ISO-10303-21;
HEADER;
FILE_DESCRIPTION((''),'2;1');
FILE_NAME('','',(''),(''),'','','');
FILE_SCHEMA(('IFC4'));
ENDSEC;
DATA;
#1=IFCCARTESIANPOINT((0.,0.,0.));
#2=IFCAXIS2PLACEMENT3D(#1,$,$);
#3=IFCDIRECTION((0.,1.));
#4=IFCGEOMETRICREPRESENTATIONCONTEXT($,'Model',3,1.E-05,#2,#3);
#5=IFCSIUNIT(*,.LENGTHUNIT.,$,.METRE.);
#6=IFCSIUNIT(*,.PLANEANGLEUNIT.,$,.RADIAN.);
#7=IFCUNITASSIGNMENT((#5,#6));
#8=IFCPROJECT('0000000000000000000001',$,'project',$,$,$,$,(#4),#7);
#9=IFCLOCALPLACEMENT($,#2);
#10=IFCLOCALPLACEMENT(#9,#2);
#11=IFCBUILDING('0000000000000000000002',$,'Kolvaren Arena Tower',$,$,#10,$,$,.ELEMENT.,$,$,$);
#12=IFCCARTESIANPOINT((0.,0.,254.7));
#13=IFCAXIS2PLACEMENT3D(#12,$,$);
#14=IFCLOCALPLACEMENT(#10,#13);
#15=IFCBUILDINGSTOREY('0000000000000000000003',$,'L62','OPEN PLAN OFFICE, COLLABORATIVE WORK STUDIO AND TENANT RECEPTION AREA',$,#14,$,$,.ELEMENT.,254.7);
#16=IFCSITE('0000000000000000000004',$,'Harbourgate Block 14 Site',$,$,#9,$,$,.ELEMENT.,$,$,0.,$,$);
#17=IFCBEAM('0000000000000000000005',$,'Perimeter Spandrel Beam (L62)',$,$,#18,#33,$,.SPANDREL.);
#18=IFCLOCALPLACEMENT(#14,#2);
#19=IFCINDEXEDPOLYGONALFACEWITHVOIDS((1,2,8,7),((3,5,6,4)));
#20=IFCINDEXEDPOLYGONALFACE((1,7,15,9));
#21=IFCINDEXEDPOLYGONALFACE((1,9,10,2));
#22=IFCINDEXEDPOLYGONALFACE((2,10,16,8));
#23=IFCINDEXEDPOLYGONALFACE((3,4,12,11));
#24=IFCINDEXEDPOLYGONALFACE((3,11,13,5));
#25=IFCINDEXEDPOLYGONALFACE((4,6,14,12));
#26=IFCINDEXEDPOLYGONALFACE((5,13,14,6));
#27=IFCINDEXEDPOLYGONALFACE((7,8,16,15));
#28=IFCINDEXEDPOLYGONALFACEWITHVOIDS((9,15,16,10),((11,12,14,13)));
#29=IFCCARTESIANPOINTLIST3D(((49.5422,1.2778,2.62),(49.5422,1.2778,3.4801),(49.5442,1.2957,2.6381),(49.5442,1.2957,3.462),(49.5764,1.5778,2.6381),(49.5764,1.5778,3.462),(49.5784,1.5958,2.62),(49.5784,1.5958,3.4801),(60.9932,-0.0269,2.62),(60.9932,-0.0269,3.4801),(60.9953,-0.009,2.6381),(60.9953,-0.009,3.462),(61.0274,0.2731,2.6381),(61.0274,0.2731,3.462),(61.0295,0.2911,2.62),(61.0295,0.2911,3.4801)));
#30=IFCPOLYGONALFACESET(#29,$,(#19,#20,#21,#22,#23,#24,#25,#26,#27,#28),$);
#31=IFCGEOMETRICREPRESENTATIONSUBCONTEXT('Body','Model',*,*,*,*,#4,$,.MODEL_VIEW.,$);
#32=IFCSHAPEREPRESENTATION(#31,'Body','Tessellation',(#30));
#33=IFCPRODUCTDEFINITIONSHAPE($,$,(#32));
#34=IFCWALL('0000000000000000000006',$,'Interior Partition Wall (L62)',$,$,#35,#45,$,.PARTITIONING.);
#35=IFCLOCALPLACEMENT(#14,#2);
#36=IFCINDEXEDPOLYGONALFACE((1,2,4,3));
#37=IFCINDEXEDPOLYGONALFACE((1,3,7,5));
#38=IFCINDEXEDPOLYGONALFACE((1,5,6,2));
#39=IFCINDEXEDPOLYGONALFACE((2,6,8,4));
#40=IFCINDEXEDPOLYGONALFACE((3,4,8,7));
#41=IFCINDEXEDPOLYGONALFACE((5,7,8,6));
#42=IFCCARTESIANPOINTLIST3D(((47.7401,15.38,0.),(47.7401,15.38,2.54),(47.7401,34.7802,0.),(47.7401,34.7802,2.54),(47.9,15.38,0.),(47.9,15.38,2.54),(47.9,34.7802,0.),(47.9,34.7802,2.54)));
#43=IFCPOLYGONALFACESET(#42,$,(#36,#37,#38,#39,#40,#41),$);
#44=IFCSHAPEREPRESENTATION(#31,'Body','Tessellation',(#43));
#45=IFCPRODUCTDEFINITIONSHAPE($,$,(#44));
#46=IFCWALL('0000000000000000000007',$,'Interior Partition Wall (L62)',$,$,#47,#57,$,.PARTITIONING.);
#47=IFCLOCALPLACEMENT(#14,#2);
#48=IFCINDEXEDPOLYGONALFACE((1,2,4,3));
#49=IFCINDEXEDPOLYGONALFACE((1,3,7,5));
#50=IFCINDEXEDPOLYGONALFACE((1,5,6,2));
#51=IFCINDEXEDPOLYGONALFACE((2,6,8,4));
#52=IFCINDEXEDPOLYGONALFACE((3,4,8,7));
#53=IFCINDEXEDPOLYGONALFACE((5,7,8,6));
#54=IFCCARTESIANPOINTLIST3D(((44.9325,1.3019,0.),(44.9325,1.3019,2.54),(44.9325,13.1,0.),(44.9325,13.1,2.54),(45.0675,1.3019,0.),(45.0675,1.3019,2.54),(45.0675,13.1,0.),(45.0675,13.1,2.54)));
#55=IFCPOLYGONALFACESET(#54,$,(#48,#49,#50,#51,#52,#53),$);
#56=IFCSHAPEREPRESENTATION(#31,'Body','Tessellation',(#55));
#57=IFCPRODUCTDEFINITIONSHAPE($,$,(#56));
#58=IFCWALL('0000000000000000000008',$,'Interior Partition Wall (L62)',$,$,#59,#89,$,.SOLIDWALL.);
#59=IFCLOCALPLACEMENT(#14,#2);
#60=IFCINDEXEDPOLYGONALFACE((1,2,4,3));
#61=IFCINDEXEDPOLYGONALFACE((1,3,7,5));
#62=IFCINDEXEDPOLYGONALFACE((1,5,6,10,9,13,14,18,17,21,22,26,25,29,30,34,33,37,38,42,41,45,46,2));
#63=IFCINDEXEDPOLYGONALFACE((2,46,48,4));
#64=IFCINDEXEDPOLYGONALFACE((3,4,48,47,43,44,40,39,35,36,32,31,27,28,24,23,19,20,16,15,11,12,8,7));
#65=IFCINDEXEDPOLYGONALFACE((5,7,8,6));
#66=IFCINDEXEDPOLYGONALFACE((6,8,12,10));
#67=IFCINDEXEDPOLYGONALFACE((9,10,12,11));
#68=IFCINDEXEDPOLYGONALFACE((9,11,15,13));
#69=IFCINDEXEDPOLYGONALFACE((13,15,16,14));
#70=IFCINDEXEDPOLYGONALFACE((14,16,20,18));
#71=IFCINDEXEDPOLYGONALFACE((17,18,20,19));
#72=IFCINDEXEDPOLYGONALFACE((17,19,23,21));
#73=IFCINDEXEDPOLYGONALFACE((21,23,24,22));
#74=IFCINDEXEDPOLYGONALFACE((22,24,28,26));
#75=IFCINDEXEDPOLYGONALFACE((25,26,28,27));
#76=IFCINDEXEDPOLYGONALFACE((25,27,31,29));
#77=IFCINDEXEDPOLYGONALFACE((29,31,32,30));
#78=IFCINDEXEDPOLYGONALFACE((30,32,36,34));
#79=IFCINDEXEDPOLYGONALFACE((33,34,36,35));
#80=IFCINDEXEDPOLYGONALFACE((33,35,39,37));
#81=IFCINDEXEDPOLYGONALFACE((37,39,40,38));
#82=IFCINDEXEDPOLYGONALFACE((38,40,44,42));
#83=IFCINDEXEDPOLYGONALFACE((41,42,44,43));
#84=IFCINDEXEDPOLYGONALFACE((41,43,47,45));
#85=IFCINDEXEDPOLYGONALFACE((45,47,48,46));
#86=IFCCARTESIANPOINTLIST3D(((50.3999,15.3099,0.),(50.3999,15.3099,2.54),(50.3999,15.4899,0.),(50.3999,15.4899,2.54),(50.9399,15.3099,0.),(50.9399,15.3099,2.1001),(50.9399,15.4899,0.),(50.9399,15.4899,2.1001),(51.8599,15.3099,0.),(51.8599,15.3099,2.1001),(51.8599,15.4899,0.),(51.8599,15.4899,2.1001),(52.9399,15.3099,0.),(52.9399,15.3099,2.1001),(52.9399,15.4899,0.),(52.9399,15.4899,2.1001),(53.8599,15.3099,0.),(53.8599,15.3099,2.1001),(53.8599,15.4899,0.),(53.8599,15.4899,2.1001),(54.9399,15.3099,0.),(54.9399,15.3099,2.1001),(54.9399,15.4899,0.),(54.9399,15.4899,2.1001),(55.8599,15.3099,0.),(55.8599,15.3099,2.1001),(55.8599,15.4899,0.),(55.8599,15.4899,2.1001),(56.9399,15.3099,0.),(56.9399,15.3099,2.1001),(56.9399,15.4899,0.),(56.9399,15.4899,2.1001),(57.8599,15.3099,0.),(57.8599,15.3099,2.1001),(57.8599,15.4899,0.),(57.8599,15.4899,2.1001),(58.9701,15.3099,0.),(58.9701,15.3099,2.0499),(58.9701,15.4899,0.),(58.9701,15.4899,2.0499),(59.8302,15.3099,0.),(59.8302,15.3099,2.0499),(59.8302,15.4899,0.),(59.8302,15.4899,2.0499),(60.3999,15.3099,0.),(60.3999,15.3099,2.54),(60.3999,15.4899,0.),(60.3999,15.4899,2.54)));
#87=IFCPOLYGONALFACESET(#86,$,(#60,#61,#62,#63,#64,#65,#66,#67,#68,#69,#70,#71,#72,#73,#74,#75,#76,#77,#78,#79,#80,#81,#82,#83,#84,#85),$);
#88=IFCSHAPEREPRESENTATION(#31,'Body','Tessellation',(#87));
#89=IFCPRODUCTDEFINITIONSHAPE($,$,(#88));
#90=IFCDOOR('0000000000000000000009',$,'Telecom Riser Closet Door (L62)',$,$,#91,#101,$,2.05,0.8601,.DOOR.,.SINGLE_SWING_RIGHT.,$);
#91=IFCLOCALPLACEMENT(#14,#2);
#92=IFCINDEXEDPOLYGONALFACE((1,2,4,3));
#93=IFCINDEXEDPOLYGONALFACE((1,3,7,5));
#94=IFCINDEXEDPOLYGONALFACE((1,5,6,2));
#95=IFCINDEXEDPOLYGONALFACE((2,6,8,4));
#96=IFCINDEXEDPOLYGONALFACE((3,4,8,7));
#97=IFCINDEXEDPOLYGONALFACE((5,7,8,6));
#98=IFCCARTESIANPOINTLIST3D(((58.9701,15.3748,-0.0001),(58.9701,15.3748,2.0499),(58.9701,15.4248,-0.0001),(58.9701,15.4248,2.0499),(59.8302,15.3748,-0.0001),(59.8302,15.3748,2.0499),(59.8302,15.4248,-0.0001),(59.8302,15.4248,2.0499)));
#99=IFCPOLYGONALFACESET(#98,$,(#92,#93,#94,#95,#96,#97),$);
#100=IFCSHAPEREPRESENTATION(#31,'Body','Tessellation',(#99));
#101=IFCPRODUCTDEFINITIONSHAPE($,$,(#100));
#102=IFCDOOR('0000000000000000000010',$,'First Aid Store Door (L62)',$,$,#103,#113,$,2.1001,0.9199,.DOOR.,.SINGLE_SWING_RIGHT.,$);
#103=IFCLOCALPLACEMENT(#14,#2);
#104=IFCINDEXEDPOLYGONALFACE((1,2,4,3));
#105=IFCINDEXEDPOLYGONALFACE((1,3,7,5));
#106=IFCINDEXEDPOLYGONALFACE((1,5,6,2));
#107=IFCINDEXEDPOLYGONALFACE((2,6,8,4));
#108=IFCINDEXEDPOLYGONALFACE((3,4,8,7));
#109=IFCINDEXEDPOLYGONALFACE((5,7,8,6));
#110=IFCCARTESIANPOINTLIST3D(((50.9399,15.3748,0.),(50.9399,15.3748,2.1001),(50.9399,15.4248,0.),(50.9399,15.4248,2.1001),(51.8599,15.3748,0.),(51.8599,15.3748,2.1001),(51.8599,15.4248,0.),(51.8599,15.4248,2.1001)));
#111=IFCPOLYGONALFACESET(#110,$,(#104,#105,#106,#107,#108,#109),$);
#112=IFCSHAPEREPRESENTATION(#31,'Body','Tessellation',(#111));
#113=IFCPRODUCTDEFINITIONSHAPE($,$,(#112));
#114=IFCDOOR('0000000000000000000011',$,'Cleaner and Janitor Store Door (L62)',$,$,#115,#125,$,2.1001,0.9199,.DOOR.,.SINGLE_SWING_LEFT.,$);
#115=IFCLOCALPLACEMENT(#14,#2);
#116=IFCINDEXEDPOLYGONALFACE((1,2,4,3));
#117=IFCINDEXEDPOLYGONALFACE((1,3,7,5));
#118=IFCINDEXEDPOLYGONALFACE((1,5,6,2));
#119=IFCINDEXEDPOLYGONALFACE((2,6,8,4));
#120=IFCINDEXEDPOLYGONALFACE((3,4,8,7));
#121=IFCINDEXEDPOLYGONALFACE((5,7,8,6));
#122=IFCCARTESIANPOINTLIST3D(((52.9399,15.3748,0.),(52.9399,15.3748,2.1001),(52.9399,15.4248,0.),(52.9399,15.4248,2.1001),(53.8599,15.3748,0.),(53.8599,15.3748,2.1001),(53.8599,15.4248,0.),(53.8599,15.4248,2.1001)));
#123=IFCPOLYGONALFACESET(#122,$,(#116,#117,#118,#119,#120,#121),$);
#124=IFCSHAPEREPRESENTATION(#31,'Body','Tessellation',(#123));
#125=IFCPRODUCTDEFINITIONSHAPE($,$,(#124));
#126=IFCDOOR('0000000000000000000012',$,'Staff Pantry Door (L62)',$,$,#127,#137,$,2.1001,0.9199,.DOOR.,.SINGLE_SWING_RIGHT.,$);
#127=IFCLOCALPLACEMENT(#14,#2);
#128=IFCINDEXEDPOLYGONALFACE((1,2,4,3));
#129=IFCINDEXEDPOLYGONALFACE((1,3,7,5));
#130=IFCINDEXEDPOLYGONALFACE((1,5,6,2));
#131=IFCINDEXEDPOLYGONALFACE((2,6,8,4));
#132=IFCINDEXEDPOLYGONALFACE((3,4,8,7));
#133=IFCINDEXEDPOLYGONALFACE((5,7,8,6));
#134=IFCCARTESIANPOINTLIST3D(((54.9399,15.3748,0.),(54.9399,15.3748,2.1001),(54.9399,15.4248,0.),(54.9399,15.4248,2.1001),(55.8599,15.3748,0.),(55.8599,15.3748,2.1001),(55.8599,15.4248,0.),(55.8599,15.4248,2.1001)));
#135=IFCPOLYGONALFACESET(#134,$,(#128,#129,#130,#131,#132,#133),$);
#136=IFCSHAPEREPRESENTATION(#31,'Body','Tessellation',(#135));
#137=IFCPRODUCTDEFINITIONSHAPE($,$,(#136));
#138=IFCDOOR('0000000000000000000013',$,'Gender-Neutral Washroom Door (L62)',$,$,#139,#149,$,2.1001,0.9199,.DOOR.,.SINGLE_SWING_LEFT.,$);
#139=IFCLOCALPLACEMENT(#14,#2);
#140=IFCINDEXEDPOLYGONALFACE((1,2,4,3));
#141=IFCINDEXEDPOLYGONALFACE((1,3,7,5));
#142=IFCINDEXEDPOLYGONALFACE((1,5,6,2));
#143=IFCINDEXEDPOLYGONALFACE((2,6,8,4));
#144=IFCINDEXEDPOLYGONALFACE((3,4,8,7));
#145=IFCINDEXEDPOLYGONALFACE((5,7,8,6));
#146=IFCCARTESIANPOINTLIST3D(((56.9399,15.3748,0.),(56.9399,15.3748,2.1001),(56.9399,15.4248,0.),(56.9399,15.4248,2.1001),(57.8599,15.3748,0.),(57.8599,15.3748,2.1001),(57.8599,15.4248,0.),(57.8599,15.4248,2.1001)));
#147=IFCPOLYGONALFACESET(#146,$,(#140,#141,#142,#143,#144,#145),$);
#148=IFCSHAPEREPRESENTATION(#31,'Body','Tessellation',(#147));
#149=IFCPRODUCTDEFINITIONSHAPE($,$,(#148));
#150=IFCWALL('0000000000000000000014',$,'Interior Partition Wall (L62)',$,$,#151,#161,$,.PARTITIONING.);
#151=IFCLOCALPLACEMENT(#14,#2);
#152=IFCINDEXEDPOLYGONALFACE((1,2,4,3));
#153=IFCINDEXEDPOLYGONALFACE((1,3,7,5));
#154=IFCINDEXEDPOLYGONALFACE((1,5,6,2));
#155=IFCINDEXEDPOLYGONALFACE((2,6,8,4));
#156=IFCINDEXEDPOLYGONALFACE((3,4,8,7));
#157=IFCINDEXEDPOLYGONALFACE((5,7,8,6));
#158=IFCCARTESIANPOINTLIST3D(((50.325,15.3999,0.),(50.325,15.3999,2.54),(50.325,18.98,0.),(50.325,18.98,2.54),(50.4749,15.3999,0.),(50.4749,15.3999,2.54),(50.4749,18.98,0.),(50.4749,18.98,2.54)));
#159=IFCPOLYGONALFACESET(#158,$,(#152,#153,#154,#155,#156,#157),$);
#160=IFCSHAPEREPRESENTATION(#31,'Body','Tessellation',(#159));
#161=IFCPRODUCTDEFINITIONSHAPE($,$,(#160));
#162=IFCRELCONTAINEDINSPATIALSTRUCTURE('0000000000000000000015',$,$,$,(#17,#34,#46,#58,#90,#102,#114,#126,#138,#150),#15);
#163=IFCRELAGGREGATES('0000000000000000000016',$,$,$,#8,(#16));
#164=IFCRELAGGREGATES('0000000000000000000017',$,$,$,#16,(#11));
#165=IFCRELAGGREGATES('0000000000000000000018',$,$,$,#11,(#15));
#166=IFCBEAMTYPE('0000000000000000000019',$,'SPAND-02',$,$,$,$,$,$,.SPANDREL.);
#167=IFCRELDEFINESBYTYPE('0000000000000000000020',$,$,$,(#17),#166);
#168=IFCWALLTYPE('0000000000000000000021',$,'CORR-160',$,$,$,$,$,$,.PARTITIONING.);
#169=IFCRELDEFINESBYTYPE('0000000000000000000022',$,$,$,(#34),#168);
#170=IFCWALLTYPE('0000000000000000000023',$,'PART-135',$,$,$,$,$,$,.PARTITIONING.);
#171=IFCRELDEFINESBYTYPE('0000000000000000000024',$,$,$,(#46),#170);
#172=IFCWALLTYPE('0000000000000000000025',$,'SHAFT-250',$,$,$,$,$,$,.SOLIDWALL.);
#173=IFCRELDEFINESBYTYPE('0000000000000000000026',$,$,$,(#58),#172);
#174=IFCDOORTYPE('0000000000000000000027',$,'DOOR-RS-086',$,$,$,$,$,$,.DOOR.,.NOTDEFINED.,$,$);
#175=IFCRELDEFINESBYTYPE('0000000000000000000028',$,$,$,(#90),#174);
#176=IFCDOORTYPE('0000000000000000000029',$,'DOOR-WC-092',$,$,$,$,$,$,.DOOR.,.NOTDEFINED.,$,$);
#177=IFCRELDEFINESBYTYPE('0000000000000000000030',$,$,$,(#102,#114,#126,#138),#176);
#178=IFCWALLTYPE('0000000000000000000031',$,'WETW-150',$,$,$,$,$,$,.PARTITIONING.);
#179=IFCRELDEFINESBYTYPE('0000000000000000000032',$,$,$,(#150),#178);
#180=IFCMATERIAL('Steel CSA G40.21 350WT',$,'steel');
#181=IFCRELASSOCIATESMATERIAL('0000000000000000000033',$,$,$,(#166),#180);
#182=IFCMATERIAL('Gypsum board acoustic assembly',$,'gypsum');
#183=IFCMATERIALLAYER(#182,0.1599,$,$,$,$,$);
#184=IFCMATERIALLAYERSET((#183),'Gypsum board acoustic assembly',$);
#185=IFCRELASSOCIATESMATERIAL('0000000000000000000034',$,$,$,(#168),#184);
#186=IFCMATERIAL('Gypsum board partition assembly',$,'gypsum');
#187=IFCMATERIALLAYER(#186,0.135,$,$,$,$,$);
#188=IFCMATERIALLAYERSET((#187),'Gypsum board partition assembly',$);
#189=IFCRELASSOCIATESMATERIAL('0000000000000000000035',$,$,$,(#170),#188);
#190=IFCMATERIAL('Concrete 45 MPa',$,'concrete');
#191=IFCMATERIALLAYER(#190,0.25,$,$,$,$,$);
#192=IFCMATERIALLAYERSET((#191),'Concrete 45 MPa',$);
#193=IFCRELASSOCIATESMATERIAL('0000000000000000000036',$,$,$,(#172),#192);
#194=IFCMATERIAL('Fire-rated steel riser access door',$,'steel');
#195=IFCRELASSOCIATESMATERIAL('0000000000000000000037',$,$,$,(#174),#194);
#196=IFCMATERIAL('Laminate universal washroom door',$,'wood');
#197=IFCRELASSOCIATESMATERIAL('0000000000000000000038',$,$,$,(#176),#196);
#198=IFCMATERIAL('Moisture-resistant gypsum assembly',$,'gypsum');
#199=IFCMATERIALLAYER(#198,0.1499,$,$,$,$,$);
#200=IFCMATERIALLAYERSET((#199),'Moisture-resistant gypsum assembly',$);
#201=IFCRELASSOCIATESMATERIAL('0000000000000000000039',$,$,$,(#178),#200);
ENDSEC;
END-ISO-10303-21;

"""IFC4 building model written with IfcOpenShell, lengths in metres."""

from ifc_helpers import new_model, si_unit, direction, frame, frame_2d, origin, origin_2d, place, context, subcontext, project, spatial, rectangle, hollow_rectangle, extrude, material, layer, layer_set, material_profile, profile_set, type_object, element, fill, save


model = new_model("IFC4")

# Units and contexts
model_context = context("Model", 3, precision=1e-05, world=origin(), true_north=direction((0.0, 1.0)))
body_context = subcontext(model_context, "Body", "Model", "MODEL_VIEW")
ifc_project = project(units=[si_unit("LENGTHUNIT", "METRE"), si_unit("PLANEANGLEUNIT", "RADIAN")], contexts=[model_context])

# Site, building, storey
site_placement = place(None, origin())
site = spatial("IfcSite", under=ifc_project, at=site_placement, Name="Harbourgate Block 14 Site", CompositionType="ELEMENT", RefElevation=0.0)
building_placement = place(site_placement, origin())
building = spatial("IfcBuilding", under=site, at=building_placement, Name="Kolvaren Arena Tower", CompositionType="ELEMENT")
storey_placement = place(building_placement, frame((0.0, 0.0, 254.7)))
storey = spatial("IfcBuildingStorey", under=building, at=storey_placement, Name="L62", Description="OPEN PLAN OFFICE, COLLABORATIVE WORK STUDIO AND TENANT RECEPTION AREA", CompositionType="ELEMENT", Elevation=254.7)

# Beam
ifc_material_1 = material(Name="Steel CSA G40.21 350WT", Category="steel")
ifc_material_profile_1 = material_profile(ifc_material_1, hollow_rectangle(XDim=0.3201, YDim=0.8601, WallThickness=0.0181, at=origin_2d()), Name="HSS 860x320x18")
ifc_profile_set_1 = profile_set([ifc_material_profile_1], Name="Steel CSA G40.21 350WT")
beam_type_1 = type_object("IfcBeamType", Name="SPAND-02", PredefinedType="SPANDREL", material=ifc_profile_set_1)
beam_1_placement = place(storey_placement, frame((49.5603, 1.4368, 3.05), z_axis=(0.993572, -0.113202, 0.0), x_axis=(0.113202, 0.993572, 0.0)))
element("IfcBeam", 1, at=beam_1_placement, inside=storey, type_object=beam_type_1, Name="Perimeter Spandrel Beam (L62)", PredefinedType="SPANDREL", context=body_context, shape_type="SweptSolid", body=[
    extrude(hollow_rectangle(XDim=0.3201, YDim=0.8601, WallThickness=0.0181, at=origin_2d()), origin(), (0.0, 0.0, 1.0), 11.5251),
])

# Walls
ifc_material_2 = material(Name="Gypsum board acoustic assembly", Category="gypsum")
ifc_layer_1 = layer(ifc_material_2, 0.1599)
ifc_layer_set_1 = layer_set([ifc_layer_1], Name="Gypsum board acoustic assembly")
wall_type_1 = type_object("IfcWallType", Name="CORR-160", PredefinedType="PARTITIONING", material=ifc_layer_set_1)
wall_1_placement = place(storey_placement, frame((47.8201, 15.3799, 0.0), z_axis=(0.0, 0.0, 1.0), x_axis=(0.0, 1.0, 0.0)))
element("IfcWall", 2, at=wall_1_placement, inside=storey, type_object=wall_type_1, Name="Interior Partition Wall (L62)", PredefinedType="PARTITIONING", context=body_context, shape_type="SweptSolid", body=[
    extrude(rectangle(XDim=19.4001, YDim=0.1599, at=frame_2d((9.7002, 0.0))), origin(), (0.0, 0.0, 1.0), 2.54),
])
ifc_material_3 = material(Name="Gypsum board partition assembly", Category="gypsum")
ifc_layer_2 = layer(ifc_material_3, 0.135)
ifc_layer_set_2 = layer_set([ifc_layer_2], Name="Gypsum board partition assembly")
wall_type_2 = type_object("IfcWallType", Name="PART-135", PredefinedType="PARTITIONING", material=ifc_layer_set_2)
wall_2_placement = place(storey_placement, frame((45.0, 1.302, 0.0), z_axis=(0.0, 0.0, 1.0), x_axis=(0.0, 1.0, 0.0)))
element("IfcWall", 3, at=wall_2_placement, inside=storey, type_object=wall_type_2, Name="Interior Partition Wall (L62)", PredefinedType="PARTITIONING", context=body_context, shape_type="SweptSolid", body=[
    extrude(rectangle(XDim=11.7981, YDim=0.135, at=frame_2d((5.8989, 0.0))), origin(), (0.0, 0.0, 1.0), 2.54),
])

# Wall, openings, doors
ifc_material_4 = material(Name="Concrete 45 MPa", Category="concrete")
ifc_layer_3 = layer(ifc_material_4, 0.25)
ifc_layer_set_3 = layer_set([ifc_layer_3], Name="Concrete 45 MPa")
wall_type_3 = type_object("IfcWallType", Name="SHAFT-250", PredefinedType="SOLIDWALL", material=ifc_layer_set_3)
wall_3_placement = place(storey_placement, frame((50.3999, 15.3999, 0.0), z_axis=(0.0, 0.0, 1.0), x_axis=(1.0, 0.0, 0.0)))
wall_3 = element("IfcWall", 4, at=wall_3_placement, inside=storey, type_object=wall_type_3, Name="Interior Partition Wall (L62)", PredefinedType="SOLIDWALL", context=body_context, shape_type="SweptSolid", body=[
    extrude(rectangle(XDim=10.0, YDim=0.1799, at=frame_2d((5.0, 0.0))), origin(), (0.0, 0.0, 1.0), 2.54),
])
opening_1_placement = place(wall_3_placement, frame((0.54, 0.0, 0.0)))
opening_1 = element("IfcOpeningElement", 5, at=opening_1_placement, cuts=wall_3, PredefinedType="OPENING", context=body_context, shape_type="SweptSolid", body=[
    extrude(rectangle(XDim=0.9199, YDim=2.1001, at=frame_2d((0.46, 1.05))), frame((0.0, 0.0999, 0.0), z_axis=(0.0, -1.0, 0.0), x_axis=(1.0, 0.0, 0.0)), (0.0, 0.0, 1.0), 0.2),
])
opening_2_placement = place(wall_3_placement, frame((2.54, 0.0, 0.0)))
opening_2 = element("IfcOpeningElement", 6, at=opening_2_placement, cuts=wall_3, PredefinedType="OPENING", context=body_context, shape_type="SweptSolid", body=[
    extrude(rectangle(XDim=0.9199, YDim=2.1001, at=frame_2d((0.46, 1.05))), frame((0.0, 0.0999, 0.0), z_axis=(0.0, -1.0, 0.0), x_axis=(1.0, 0.0, 0.0)), (0.0, 0.0, 1.0), 0.2),
])
opening_3_placement = place(wall_3_placement, frame((4.54, 0.0, 0.0)))
opening_3 = element("IfcOpeningElement", 7, at=opening_3_placement, cuts=wall_3, PredefinedType="OPENING", context=body_context, shape_type="SweptSolid", body=[
    extrude(rectangle(XDim=0.9199, YDim=2.1001, at=frame_2d((0.46, 1.05))), frame((0.0, 0.0999, 0.0), z_axis=(0.0, -1.0, 0.0), x_axis=(1.0, 0.0, 0.0)), (0.0, 0.0, 1.0), 0.2),
])
opening_4_placement = place(wall_3_placement, frame((6.54, 0.0, 0.0)))
opening_4 = element("IfcOpeningElement", 8, at=opening_4_placement, cuts=wall_3, PredefinedType="OPENING", context=body_context, shape_type="SweptSolid", body=[
    extrude(rectangle(XDim=0.9199, YDim=2.1001, at=frame_2d((0.46, 1.05))), frame((0.0, 0.0999, 0.0), z_axis=(0.0, -1.0, 0.0), x_axis=(1.0, 0.0, 0.0)), (0.0, 0.0, 1.0), 0.2),
])
opening_5_placement = place(wall_3_placement, frame((8.5701, 0.0, 0.0)))
opening_5 = element("IfcOpeningElement", 9, at=opening_5_placement, cuts=wall_3, PredefinedType="OPENING", context=body_context, shape_type="SweptSolid", body=[
    extrude(rectangle(XDim=0.8601, YDim=2.05, at=frame_2d((0.4302, 1.0249))), frame((0.0, 0.0999, 0.0), z_axis=(0.0, -1.0, 0.0), x_axis=(1.0, 0.0, 0.0)), (0.0, 0.0, 1.0), 0.2),
])
ifc_material_5 = material(Name="Fire-rated steel riser access door", Category="steel")
door_type_1 = type_object("IfcDoorType", Name="DOOR-RS-086", OperationType="NOTDEFINED", PredefinedType="DOOR", material=ifc_material_5)
door_1_placement = place(opening_5_placement, origin())
door_1 = element("IfcDoor", 10, at=door_1_placement, inside=storey, type_object=door_type_1, Name="Telecom Riser Closet Door (L62)", OperationType="SINGLE_SWING_RIGHT", OverallHeight=2.05, OverallWidth=0.8601, PredefinedType="DOOR", context=body_context, shape_type="SweptSolid", body=[
    extrude(rectangle(XDim=0.8601, YDim=2.05, at=frame_2d((0.4302, 1.0249))), frame((0.0, 0.0249, 0.0), z_axis=(0.0, -1.0, 0.0), x_axis=(1.0, 0.0, 0.0)), (0.0, 0.0, 1.0), 0.05),
])
fill(opening_5, door_1)
ifc_material_6 = material(Name="Laminate universal washroom door", Category="wood")
door_type_2 = type_object("IfcDoorType", Name="DOOR-WC-092", OperationType="NOTDEFINED", PredefinedType="DOOR", material=ifc_material_6)
door_2_placement = place(opening_1_placement, origin())
door_2 = element("IfcDoor", 11, at=door_2_placement, inside=storey, type_object=door_type_2, Name="First Aid Store Door (L62)", OperationType="SINGLE_SWING_RIGHT", OverallHeight=2.1001, OverallWidth=0.9199, PredefinedType="DOOR", context=body_context, shape_type="SweptSolid", body=[
    extrude(rectangle(XDim=0.9199, YDim=2.1001, at=frame_2d((0.46, 1.05))), frame((0.0, 0.0249, 0.0), z_axis=(0.0, -1.0, 0.0), x_axis=(1.0, 0.0, 0.0)), (0.0, 0.0, 1.0), 0.05),
])
fill(opening_1, door_2)
door_3_placement = place(opening_2_placement, origin())
door_3 = element("IfcDoor", 12, at=door_3_placement, inside=storey, type_object=door_type_2, Name="Cleaner and Janitor Store Door (L62)", OperationType="SINGLE_SWING_LEFT", OverallHeight=2.1001, OverallWidth=0.9199, PredefinedType="DOOR", context=body_context, shape_type="SweptSolid", body=[
    extrude(rectangle(XDim=0.9199, YDim=2.1001, at=frame_2d((0.46, 1.05))), frame((0.0, 0.0249, 0.0), z_axis=(0.0, -1.0, 0.0), x_axis=(1.0, 0.0, 0.0)), (0.0, 0.0, 1.0), 0.05),
])
fill(opening_2, door_3)
door_4_placement = place(opening_3_placement, origin())
door_4 = element("IfcDoor", 13, at=door_4_placement, inside=storey, type_object=door_type_2, Name="Staff Pantry Door (L62)", OperationType="SINGLE_SWING_RIGHT", OverallHeight=2.1001, OverallWidth=0.9199, PredefinedType="DOOR", context=body_context, shape_type="SweptSolid", body=[
    extrude(rectangle(XDim=0.9199, YDim=2.1001, at=frame_2d((0.46, 1.05))), frame((0.0, 0.0249, 0.0), z_axis=(0.0, -1.0, 0.0), x_axis=(1.0, 0.0, 0.0)), (0.0, 0.0, 1.0), 0.05),
])
fill(opening_3, door_4)
door_5_placement = place(opening_4_placement, origin())
door_5 = element("IfcDoor", 14, at=door_5_placement, inside=storey, type_object=door_type_2, Name="Gender-Neutral Washroom Door (L62)", OperationType="SINGLE_SWING_LEFT", OverallHeight=2.1001, OverallWidth=0.9199, PredefinedType="DOOR", context=body_context, shape_type="SweptSolid", body=[
    extrude(rectangle(XDim=0.9199, YDim=2.1001, at=frame_2d((0.46, 1.05))), frame((0.0, 0.0249, 0.0), z_axis=(0.0, -1.0, 0.0), x_axis=(1.0, 0.0, 0.0)), (0.0, 0.0, 1.0), 0.05),
])
fill(opening_4, door_5)

# Wall
ifc_material_7 = material(Name="Moisture-resistant gypsum assembly", Category="gypsum")
ifc_layer_4 = layer(ifc_material_7, 0.1499)
ifc_layer_set_4 = layer_set([ifc_layer_4], Name="Moisture-resistant gypsum assembly")
wall_type_4 = type_object("IfcWallType", Name="WETW-150", PredefinedType="PARTITIONING", material=ifc_layer_set_4)
wall_4_placement = place(storey_placement, frame((50.3999, 15.3999, 0.0), z_axis=(0.0, 0.0, 1.0), x_axis=(0.0, 1.0, 0.0)))
element("IfcWall", 15, at=wall_4_placement, inside=storey, type_object=wall_type_4, Name="Interior Partition Wall (L62)", PredefinedType="PARTITIONING", context=body_context, shape_type="SweptSolid", body=[
    extrude(rectangle(XDim=3.5801, YDim=0.1499, at=frame_2d((1.79, 0.0))), origin(), (0.0, 0.0, 1.0), 2.54),
])

save(model, "model.ifc")
